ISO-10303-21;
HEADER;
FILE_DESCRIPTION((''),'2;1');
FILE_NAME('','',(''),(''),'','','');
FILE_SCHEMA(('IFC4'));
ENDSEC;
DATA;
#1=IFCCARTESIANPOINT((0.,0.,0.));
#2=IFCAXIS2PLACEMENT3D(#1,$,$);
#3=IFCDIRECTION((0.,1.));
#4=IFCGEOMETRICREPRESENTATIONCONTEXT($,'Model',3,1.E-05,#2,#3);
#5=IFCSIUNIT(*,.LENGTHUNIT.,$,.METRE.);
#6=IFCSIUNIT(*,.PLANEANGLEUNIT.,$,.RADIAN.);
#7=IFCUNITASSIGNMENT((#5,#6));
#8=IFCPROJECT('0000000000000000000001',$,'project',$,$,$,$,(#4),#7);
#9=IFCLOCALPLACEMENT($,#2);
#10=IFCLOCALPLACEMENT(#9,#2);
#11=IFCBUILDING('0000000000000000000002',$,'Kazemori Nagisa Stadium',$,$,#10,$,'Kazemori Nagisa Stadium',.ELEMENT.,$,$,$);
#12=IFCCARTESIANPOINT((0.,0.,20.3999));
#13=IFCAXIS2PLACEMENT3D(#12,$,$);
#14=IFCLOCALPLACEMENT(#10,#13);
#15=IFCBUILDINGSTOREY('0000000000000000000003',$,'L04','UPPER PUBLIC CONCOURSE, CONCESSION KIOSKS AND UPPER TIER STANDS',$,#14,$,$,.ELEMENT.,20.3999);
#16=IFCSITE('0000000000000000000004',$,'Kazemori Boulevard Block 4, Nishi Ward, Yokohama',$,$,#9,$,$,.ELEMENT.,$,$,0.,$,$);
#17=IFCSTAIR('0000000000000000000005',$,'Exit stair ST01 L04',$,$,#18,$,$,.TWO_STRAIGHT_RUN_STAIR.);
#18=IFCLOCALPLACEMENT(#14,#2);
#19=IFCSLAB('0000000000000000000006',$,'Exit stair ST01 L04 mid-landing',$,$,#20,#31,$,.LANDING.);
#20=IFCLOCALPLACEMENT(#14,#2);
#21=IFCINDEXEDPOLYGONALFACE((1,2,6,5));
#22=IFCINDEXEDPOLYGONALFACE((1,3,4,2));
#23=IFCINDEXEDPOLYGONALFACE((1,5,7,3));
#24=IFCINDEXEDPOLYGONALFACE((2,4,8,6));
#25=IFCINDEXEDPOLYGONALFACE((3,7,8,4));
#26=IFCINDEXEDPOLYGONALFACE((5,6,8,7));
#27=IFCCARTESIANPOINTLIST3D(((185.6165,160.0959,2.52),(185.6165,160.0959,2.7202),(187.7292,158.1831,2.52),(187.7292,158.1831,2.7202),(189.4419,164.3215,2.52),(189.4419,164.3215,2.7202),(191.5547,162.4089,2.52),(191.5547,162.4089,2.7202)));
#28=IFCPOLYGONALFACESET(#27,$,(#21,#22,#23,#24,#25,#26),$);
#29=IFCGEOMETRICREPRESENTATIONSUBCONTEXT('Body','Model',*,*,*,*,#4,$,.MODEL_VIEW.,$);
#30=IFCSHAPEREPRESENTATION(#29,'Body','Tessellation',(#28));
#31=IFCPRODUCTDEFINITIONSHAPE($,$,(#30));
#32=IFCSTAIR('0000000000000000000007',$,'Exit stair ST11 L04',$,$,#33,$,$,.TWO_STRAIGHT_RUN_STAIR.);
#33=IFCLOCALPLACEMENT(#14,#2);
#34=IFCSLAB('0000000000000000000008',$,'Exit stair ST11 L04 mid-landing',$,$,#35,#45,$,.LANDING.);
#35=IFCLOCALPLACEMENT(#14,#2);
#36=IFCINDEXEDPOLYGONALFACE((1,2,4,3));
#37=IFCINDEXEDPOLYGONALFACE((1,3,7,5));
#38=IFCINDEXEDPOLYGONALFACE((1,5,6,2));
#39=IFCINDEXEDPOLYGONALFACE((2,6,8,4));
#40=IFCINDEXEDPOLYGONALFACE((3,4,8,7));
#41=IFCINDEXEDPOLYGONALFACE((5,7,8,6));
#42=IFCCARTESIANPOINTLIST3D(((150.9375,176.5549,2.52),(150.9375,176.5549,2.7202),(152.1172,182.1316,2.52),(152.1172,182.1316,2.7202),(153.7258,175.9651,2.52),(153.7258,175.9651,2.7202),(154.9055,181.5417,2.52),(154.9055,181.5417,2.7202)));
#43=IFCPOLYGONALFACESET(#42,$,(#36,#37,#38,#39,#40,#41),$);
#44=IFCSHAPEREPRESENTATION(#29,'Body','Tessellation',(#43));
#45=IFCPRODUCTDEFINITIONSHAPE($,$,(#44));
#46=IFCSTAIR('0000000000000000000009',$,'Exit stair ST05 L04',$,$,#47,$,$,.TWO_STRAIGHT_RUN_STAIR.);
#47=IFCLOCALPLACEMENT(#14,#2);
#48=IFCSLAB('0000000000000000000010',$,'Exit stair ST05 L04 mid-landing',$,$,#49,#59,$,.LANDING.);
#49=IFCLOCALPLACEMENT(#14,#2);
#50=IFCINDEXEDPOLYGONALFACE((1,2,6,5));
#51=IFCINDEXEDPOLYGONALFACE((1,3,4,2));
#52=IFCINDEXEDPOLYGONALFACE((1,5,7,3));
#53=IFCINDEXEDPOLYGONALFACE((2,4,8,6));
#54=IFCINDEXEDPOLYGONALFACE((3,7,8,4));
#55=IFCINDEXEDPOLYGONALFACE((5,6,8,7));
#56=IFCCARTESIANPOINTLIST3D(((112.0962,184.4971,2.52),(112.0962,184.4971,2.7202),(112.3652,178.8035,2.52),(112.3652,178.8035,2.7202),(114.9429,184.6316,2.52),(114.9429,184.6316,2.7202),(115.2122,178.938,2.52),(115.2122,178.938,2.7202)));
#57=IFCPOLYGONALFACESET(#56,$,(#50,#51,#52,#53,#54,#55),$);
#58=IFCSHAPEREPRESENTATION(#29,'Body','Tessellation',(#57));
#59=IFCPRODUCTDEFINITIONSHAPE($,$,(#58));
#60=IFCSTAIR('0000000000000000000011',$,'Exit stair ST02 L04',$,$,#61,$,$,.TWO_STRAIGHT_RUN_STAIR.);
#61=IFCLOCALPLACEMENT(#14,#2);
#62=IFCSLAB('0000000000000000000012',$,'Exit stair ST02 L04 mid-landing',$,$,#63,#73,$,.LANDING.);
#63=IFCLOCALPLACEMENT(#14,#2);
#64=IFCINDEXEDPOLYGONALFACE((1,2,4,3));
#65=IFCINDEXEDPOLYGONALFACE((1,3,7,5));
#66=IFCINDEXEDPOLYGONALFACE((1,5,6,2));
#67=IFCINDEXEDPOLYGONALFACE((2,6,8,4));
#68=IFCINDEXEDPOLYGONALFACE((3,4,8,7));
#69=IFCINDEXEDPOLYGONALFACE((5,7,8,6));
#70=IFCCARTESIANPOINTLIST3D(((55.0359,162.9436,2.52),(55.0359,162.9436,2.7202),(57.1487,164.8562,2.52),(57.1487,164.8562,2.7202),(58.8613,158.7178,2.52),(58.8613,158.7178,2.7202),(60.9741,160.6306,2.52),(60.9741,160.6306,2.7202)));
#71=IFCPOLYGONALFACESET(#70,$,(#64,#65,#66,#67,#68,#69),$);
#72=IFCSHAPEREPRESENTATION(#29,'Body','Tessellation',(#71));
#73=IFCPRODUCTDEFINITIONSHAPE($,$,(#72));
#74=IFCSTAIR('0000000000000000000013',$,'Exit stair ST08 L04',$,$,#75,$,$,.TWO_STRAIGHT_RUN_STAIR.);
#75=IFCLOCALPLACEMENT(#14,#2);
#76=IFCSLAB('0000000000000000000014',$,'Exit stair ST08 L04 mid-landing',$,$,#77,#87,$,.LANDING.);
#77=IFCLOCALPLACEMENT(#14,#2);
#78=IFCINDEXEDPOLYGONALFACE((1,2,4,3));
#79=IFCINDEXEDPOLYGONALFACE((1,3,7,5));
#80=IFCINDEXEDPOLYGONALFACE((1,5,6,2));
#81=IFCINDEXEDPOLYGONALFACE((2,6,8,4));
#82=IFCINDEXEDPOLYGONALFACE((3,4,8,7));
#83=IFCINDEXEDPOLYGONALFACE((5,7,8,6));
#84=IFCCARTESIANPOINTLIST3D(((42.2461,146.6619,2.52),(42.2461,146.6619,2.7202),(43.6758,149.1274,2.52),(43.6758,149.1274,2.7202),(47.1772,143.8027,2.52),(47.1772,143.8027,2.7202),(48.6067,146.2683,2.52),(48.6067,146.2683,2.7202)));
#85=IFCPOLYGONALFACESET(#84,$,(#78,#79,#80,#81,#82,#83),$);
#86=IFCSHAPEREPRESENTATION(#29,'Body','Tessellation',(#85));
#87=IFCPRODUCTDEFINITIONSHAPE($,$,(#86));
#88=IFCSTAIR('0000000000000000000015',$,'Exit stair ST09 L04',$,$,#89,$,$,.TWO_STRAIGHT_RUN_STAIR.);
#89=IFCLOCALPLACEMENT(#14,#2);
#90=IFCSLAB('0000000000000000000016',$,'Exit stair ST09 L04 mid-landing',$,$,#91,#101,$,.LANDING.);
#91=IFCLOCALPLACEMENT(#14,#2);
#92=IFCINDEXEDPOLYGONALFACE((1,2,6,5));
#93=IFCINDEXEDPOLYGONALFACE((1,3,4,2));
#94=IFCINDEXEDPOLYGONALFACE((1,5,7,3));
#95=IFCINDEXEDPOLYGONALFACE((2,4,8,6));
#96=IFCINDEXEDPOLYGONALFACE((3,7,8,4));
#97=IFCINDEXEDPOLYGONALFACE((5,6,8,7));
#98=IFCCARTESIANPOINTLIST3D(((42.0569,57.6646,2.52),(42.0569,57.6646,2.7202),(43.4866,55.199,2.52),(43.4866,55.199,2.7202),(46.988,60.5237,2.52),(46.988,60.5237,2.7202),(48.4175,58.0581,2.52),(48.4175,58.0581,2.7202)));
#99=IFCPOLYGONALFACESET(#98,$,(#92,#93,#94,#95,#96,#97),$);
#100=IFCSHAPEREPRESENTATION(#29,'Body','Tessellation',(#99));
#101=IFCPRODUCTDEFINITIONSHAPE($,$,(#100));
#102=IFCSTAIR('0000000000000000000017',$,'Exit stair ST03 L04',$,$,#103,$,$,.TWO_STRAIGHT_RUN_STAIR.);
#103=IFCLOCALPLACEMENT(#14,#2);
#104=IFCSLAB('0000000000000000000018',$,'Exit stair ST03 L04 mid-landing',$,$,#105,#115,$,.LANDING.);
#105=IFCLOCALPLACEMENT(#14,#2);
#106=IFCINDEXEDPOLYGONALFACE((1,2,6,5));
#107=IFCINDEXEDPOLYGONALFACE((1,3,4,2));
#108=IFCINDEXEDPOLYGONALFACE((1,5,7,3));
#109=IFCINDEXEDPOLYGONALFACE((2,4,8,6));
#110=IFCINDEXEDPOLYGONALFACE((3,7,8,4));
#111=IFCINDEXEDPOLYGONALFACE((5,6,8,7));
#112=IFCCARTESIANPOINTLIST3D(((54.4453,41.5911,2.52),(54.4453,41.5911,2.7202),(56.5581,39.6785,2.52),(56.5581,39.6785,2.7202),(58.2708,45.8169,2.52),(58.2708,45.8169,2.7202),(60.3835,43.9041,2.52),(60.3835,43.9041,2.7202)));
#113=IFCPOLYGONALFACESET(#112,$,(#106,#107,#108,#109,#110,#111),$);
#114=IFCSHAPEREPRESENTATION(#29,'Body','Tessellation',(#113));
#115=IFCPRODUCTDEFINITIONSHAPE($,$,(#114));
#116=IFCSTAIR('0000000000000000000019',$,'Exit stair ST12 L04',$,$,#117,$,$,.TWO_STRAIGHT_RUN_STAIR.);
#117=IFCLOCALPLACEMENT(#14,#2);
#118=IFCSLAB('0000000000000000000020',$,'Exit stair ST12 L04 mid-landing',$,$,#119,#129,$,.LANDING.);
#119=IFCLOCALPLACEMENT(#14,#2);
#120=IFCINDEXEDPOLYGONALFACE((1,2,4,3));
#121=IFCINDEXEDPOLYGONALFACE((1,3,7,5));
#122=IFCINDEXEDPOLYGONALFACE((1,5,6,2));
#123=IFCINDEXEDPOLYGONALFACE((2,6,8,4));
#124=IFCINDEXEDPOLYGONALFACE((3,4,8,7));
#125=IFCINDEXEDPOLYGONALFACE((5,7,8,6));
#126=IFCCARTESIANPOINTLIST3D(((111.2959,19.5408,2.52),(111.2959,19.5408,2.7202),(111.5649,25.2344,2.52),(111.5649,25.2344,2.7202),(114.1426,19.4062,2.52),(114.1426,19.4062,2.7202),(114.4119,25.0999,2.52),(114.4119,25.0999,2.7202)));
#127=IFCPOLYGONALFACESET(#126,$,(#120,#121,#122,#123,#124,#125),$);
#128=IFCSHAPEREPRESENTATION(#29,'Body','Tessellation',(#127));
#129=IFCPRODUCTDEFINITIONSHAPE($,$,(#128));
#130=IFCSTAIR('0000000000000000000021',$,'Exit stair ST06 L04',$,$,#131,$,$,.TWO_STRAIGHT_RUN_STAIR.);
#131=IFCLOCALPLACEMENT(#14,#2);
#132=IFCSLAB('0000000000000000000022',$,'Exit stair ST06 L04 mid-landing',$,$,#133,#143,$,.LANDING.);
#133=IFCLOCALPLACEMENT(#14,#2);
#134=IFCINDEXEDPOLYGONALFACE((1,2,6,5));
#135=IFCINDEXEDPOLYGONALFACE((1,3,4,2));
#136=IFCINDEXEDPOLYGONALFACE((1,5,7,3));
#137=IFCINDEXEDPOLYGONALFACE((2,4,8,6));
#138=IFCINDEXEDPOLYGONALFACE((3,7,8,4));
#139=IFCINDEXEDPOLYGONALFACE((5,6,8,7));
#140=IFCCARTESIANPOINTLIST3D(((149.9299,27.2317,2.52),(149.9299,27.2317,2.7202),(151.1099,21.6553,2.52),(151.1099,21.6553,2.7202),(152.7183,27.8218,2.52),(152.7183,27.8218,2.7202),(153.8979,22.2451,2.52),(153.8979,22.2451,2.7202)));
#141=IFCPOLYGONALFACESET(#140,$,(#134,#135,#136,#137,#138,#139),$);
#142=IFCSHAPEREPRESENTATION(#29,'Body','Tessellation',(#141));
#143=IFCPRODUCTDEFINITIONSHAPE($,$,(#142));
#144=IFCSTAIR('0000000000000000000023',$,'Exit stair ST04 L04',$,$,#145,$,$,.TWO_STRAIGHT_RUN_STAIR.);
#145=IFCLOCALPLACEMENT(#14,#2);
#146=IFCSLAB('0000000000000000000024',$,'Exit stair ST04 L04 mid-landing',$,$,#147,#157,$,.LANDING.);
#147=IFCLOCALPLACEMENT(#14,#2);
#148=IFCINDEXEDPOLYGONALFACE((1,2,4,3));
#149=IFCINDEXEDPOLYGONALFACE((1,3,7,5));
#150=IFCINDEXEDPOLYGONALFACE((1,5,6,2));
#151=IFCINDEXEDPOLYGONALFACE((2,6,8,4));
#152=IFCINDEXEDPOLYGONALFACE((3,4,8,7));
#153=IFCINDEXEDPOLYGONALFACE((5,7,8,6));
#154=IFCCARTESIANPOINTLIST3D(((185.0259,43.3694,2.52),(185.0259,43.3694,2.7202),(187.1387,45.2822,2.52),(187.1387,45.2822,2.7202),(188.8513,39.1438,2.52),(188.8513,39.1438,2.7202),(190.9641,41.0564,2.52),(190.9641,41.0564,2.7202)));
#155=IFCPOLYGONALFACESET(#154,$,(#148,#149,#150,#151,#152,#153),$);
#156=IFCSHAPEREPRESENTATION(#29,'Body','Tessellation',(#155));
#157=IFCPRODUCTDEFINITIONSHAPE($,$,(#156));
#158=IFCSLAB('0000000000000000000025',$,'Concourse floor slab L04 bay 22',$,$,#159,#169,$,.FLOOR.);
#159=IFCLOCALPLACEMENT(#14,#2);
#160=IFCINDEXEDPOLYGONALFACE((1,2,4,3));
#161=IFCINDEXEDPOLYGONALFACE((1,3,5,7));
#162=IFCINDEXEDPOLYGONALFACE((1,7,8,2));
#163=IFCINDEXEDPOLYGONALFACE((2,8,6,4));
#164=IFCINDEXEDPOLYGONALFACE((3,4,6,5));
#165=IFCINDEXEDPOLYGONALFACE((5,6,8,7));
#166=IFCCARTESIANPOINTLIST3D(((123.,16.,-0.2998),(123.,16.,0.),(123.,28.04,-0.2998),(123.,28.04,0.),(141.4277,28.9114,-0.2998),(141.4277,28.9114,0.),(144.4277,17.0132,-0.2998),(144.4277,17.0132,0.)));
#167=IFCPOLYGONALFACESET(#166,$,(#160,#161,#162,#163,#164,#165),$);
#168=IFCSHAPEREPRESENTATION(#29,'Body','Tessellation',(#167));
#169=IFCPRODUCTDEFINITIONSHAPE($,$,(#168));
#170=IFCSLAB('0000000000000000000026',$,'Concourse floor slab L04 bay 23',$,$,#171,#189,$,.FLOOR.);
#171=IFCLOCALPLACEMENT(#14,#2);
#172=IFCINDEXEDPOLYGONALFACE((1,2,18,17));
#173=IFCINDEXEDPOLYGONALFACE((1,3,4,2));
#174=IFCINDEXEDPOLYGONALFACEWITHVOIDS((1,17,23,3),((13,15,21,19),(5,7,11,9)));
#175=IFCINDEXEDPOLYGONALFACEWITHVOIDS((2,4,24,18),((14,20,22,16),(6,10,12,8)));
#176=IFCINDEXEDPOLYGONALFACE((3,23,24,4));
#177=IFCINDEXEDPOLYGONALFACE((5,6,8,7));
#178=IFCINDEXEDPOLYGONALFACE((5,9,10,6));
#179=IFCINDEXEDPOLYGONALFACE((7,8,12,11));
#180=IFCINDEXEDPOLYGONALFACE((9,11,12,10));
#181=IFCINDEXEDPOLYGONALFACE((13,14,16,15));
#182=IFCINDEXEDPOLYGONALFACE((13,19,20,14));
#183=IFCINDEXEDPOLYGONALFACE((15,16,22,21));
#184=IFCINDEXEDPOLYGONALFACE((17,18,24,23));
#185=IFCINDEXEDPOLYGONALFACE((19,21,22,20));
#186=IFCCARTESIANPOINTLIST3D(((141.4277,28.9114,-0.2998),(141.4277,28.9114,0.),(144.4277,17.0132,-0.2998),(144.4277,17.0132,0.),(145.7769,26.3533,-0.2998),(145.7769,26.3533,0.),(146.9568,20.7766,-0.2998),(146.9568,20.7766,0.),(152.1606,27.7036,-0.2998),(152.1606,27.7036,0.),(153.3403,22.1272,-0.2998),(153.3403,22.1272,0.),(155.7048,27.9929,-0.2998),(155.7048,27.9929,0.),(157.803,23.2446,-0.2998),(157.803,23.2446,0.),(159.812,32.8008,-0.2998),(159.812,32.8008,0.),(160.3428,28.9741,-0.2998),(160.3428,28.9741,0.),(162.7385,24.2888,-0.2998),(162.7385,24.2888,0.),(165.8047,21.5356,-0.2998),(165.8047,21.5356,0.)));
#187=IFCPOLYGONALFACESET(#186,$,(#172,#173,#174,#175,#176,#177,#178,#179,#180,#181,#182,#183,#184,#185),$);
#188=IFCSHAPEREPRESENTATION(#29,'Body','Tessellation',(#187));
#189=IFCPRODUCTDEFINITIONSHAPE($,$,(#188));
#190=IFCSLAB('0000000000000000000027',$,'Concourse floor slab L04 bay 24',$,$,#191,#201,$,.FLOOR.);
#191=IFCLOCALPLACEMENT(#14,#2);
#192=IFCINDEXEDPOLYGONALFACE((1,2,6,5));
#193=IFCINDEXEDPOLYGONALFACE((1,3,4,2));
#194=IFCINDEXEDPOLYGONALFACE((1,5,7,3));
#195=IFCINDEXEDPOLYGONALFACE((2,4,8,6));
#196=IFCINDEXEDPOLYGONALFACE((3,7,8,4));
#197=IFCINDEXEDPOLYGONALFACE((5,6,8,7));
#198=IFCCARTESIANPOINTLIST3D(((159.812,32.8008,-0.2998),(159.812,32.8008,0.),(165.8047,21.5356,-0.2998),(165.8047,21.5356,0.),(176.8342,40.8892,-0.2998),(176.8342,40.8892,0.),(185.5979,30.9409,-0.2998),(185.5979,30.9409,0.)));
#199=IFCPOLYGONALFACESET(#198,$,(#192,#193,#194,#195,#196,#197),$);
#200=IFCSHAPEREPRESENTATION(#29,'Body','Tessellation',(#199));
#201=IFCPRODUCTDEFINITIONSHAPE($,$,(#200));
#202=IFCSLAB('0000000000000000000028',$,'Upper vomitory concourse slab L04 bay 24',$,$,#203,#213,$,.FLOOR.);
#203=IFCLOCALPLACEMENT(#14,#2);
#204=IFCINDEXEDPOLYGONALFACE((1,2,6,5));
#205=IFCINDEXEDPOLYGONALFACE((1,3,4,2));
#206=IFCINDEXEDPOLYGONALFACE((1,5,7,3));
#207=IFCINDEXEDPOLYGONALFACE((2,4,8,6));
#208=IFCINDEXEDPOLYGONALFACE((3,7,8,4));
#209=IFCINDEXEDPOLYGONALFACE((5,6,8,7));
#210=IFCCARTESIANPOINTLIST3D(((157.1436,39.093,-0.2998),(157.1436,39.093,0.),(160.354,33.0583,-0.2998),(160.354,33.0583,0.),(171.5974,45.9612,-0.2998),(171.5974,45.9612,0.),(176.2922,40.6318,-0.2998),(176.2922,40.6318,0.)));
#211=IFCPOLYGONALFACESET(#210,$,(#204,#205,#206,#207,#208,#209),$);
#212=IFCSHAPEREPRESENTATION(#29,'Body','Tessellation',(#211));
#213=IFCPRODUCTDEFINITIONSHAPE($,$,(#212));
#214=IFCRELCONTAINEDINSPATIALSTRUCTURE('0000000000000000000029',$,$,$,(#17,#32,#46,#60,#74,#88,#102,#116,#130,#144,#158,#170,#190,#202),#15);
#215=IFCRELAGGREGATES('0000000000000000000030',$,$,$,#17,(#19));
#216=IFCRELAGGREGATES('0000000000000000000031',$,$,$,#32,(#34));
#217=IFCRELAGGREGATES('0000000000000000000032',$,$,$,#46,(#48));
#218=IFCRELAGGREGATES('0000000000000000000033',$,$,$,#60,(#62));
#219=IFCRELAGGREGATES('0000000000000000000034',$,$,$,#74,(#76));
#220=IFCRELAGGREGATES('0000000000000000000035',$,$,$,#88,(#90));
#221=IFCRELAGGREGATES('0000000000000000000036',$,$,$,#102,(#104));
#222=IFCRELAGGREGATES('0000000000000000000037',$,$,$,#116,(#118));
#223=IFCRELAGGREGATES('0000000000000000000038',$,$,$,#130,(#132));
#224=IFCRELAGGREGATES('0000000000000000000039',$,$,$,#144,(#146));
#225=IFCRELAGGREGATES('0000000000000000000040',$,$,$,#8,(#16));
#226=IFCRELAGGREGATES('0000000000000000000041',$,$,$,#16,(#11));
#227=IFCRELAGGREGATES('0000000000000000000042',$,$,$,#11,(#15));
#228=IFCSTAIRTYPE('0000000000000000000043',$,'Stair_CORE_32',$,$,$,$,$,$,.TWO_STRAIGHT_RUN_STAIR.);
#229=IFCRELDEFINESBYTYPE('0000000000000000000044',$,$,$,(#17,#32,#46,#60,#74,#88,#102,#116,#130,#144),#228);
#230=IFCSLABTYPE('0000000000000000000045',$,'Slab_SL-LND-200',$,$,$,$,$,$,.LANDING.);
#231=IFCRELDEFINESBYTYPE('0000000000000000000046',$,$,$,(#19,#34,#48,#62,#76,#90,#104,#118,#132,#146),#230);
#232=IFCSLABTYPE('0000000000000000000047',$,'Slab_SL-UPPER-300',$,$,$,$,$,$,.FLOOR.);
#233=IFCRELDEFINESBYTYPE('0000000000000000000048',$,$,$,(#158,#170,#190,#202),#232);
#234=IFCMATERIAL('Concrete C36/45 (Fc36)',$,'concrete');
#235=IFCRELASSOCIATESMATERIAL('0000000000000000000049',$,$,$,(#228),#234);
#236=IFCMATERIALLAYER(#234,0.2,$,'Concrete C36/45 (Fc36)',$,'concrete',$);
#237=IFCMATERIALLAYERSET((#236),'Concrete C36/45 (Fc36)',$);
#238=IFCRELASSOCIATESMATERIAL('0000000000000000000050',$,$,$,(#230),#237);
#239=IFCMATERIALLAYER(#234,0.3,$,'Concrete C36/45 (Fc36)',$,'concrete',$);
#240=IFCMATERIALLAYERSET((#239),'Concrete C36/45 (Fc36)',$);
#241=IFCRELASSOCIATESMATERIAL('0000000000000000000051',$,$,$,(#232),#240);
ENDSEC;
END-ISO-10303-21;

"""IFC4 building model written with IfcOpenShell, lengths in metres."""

from ifc_helpers import new_model, si_unit, direction, frame, origin, place, context, subcontext, project, spatial, polyline, outline, extrude, material, layer, layer_set, type_object, element, aggregate, save


model = new_model("IFC4")

# Units and contexts
model_context = context("Model", 3, precision=1e-05, world=origin(), true_north=direction((0.0, 1.0)))
body_context = subcontext(model_context, "Body", "Model", "MODEL_VIEW")
ifc_project = project(units=[si_unit("LENGTHUNIT", "METRE"), si_unit("PLANEANGLEUNIT", "RADIAN")], contexts=[model_context])

# Site, building, storey
site_placement = place(None, origin())
site = spatial("IfcSite", under=ifc_project, at=site_placement, Name="Kazemori Boulevard Block 4, Nishi Ward, Yokohama", CompositionType="ELEMENT", RefElevation=0.0)
building_placement = place(site_placement, origin())
building = spatial("IfcBuilding", under=site, at=building_placement, Name="Kazemori Nagisa Stadium", LongName="Kazemori Nagisa Stadium", CompositionType="ELEMENT")
storey_placement = place(building_placement, frame((0.0, 0.0, 20.3999)))
storey = spatial("IfcBuildingStorey", under=building, at=storey_placement, Name="L04", Description="UPPER PUBLIC CONCOURSE, CONCESSION KIOSKS AND UPPER TIER STANDS", CompositionType="ELEMENT", Elevation=20.3999)

# Stairs, slabs
ifc_material_1 = material(Name="Concrete C36/45 (Fc36)", Category="concrete")
stair_type = type_object("IfcStairType", Name="Stair_CORE_32", PredefinedType="TWO_STRAIGHT_RUN_STAIR", material=ifc_material_1)
stair_1_placement = place(storey_placement, origin())
stair_1 = element("IfcStair", 1, at=stair_1_placement, inside=storey, type_object=stair_type, Name="Exit stair ST01 L04", PredefinedType="TWO_STRAIGHT_RUN_STAIR")
ifc_layer_1 = layer(ifc_material_1, 0.2, Name="Concrete C36/45 (Fc36)", Category="concrete")
ifc_layer_set_1 = layer_set([ifc_layer_1], Name="Concrete C36/45 (Fc36)")
slab_type_1 = type_object("IfcSlabType", Name="Slab_SL-LND-200", PredefinedType="LANDING", material=ifc_layer_set_1)
slab_1_placement = place(storey_placement, frame((0.0, 0.0, 2.52)))
slab_1 = element("IfcSlab", 2, at=slab_1_placement, type_object=slab_type_1, Name="Exit stair ST01 L04 mid-landing", PredefinedType="LANDING", context=body_context, shape_type="SweptSolid", body=[
    extrude(outline(polyline([(187.7292, 158.1831), (185.6165, 160.0959), (189.4419, 164.3215), (191.5547, 162.4089), (187.7292, 158.1831)])), origin(), (0.0, 0.0, 1.0), 0.2002),
])
aggregate(stair_1, [slab_1])
stair_2_placement = place(storey_placement, origin())
stair_2 = element("IfcStair", 3, at=stair_2_placement, inside=storey, type_object=stair_type, Name="Exit stair ST11 L04", PredefinedType="TWO_STRAIGHT_RUN_STAIR")
slab_2_placement = place(storey_placement, frame((0.0, 0.0, 2.52)))
slab_2 = element("IfcSlab", 4, at=slab_2_placement, type_object=slab_type_1, Name="Exit stair ST11 L04 mid-landing", PredefinedType="LANDING", context=body_context, shape_type="SweptSolid", body=[
    extrude(outline(polyline([(153.7258, 175.9651), (150.9375, 176.5549), (152.1172, 182.1316), (154.9055, 181.5417), (153.7258, 175.9651)])), origin(), (0.0, 0.0, 1.0), 0.2002),
])
aggregate(stair_2, [slab_2])
stair_3_placement = place(storey_placement, origin())
stair_3 = element("IfcStair", 5, at=stair_3_placement, inside=storey, type_object=stair_type, Name="Exit stair ST05 L04", PredefinedType="TWO_STRAIGHT_RUN_STAIR")
slab_3_placement = place(storey_placement, frame((0.0, 0.0, 2.52)))
slab_3 = element("IfcSlab", 6, at=slab_3_placement, type_object=slab_type_1, Name="Exit stair ST05 L04 mid-landing", PredefinedType="LANDING", context=body_context, shape_type="SweptSolid", body=[
    extrude(outline(polyline([(115.2122, 178.938), (112.3652, 178.8035), (112.0962, 184.4971), (114.9429, 184.6316), (115.2122, 178.938)])), origin(), (0.0, 0.0, 1.0), 0.2002),
])
aggregate(stair_3, [slab_3])
stair_4_placement = place(storey_placement, origin())
stair_4 = element("IfcStair", 7, at=stair_4_placement, inside=storey, type_object=stair_type, Name="Exit stair ST02 L04", PredefinedType="TWO_STRAIGHT_RUN_STAIR")
slab_4_placement = place(storey_placement, frame((0.0, 0.0, 2.52)))
slab_4 = element("IfcSlab", 8, at=slab_4_placement, type_object=slab_type_1, Name="Exit stair ST02 L04 mid-landing", PredefinedType="LANDING", context=body_context, shape_type="SweptSolid", body=[
    extrude(outline(polyline([(60.9741, 160.6306), (58.8613, 158.7178), (55.0359, 162.9436), (57.1487, 164.8562), (60.9741, 160.6306)])), origin(), (0.0, 0.0, 1.0), 0.2002),
])
aggregate(stair_4, [slab_4])
stair_5_placement = place(storey_placement, origin())
stair_5 = element("IfcStair", 9, at=stair_5_placement, inside=storey, type_object=stair_type, Name="Exit stair ST08 L04", PredefinedType="TWO_STRAIGHT_RUN_STAIR")
slab_5_placement = place(storey_placement, frame((0.0, 0.0, 2.52)))
slab_5 = element("IfcSlab", 10, at=slab_5_placement, type_object=slab_type_1, Name="Exit stair ST08 L04 mid-landing", PredefinedType="LANDING", context=body_context, shape_type="SweptSolid", body=[
    extrude(outline(polyline([(48.6067, 146.2683), (47.1772, 143.8027), (42.2461, 146.6619), (43.6758, 149.1274), (48.6067, 146.2683)])), origin(), (0.0, 0.0, 1.0), 0.2002),
])
aggregate(stair_5, [slab_5])
stair_6_placement = place(storey_placement, origin())
stair_6 = element("IfcStair", 11, at=stair_6_placement, inside=storey, type_object=stair_type, Name="Exit stair ST09 L04", PredefinedType="TWO_STRAIGHT_RUN_STAIR")
slab_6_placement = place(storey_placement, frame((0.0, 0.0, 2.52)))
slab_6 = element("IfcSlab", 12, at=slab_6_placement, type_object=slab_type_1, Name="Exit stair ST09 L04 mid-landing", PredefinedType="LANDING", context=body_context, shape_type="SweptSolid", body=[
    extrude(outline(polyline([(46.988, 60.5237), (48.4175, 58.0581), (43.4866, 55.199), (42.0569, 57.6646), (46.988, 60.5237)])), origin(), (0.0, 0.0, 1.0), 0.2002),
])
aggregate(stair_6, [slab_6])
stair_7_placement = place(storey_placement, origin())
stair_7 = element("IfcStair", 13, at=stair_7_placement, inside=storey, type_object=stair_type, Name="Exit stair ST03 L04", PredefinedType="TWO_STRAIGHT_RUN_STAIR")
slab_7_placement = place(storey_placement, frame((0.0, 0.0, 2.52)))
slab_7 = element("IfcSlab", 14, at=slab_7_placement, type_object=slab_type_1, Name="Exit stair ST03 L04 mid-landing", PredefinedType="LANDING", context=body_context, shape_type="SweptSolid", body=[
    extrude(outline(polyline([(58.2708, 45.8169), (60.3835, 43.9041), (56.5581, 39.6785), (54.4453, 41.5911), (58.2708, 45.8169)])), origin(), (0.0, 0.0, 1.0), 0.2002),
])
aggregate(stair_7, [slab_7])
stair_8_placement = place(storey_placement, origin())
stair_8 = element("IfcStair", 15, at=stair_8_placement, inside=storey, type_object=stair_type, Name="Exit stair ST12 L04", PredefinedType="TWO_STRAIGHT_RUN_STAIR")
slab_8_placement = place(storey_placement, frame((0.0, 0.0, 2.52)))
slab_8 = element("IfcSlab", 16, at=slab_8_placement, type_object=slab_type_1, Name="Exit stair ST12 L04 mid-landing", PredefinedType="LANDING", context=body_context, shape_type="SweptSolid", body=[
    extrude(outline(polyline([(111.5649, 25.2344), (114.4119, 25.0999), (114.1426, 19.4062), (111.2959, 19.5408), (111.5649, 25.2344)])), origin(), (0.0, 0.0, 1.0), 0.2002),
])
aggregate(stair_8, [slab_8])
stair_9_placement = place(storey_placement, origin())
stair_9 = element("IfcStair", 17, at=stair_9_placement, inside=storey, type_object=stair_type, Name="Exit stair ST06 L04", PredefinedType="TWO_STRAIGHT_RUN_STAIR")
slab_9_placement = place(storey_placement, frame((0.0, 0.0, 2.52)))
slab_9 = element("IfcSlab", 18, at=slab_9_placement, type_object=slab_type_1, Name="Exit stair ST06 L04 mid-landing", PredefinedType="LANDING", context=body_context, shape_type="SweptSolid", body=[
    extrude(outline(polyline([(149.9299, 27.2317), (152.7183, 27.8218), (153.8979, 22.2451), (151.1099, 21.6553), (149.9299, 27.2317)])), origin(), (0.0, 0.0, 1.0), 0.2002),
])
aggregate(stair_9, [slab_9])
stair_10_placement = place(storey_placement, origin())
stair_10 = element("IfcStair", 19, at=stair_10_placement, inside=storey, type_object=stair_type, Name="Exit stair ST04 L04", PredefinedType="TWO_STRAIGHT_RUN_STAIR")
slab_10_placement = place(storey_placement, frame((0.0, 0.0, 2.52)))
slab_10 = element("IfcSlab", 20, at=slab_10_placement, type_object=slab_type_1, Name="Exit stair ST04 L04 mid-landing", PredefinedType="LANDING", context=body_context, shape_type="SweptSolid", body=[
    extrude(outline(polyline([(185.0259, 43.3694), (187.1387, 45.2822), (190.9641, 41.0564), (188.8513, 39.1438), (185.0259, 43.3694)])), origin(), (0.0, 0.0, 1.0), 0.2002),
])
aggregate(stair_10, [slab_10])

# Slabs
ifc_layer_2 = layer(ifc_material_1, 0.3, Name="Concrete C36/45 (Fc36)", Category="concrete")
ifc_layer_set_2 = layer_set([ifc_layer_2], Name="Concrete C36/45 (Fc36)")
slab_type_2 = type_object("IfcSlabType", Name="Slab_SL-UPPER-300", PredefinedType="FLOOR", material=ifc_layer_set_2)
slab_11_placement = place(storey_placement, frame((0.0, 0.0, -0.2998)))
element("IfcSlab", 21, at=slab_11_placement, inside=storey, type_object=slab_type_2, Name="Concourse floor slab L04 bay 22", PredefinedType="FLOOR", context=body_context, shape_type="SweptSolid", body=[
    extrude(outline(polyline([(123.0, 28.04), (141.4277, 28.9114), (144.4277, 17.0132), (123.0, 16.0), (123.0, 28.04)])), origin(), (0.0, 0.0, 1.0), 0.2998),
])
slab_12_placement = place(storey_placement, frame((0.0, 0.0, -0.2998)))
element("IfcSlab", 22, at=slab_12_placement, inside=storey, type_object=slab_type_2, Name="Concourse floor slab L04 bay 23", PredefinedType="FLOOR", context=body_context, shape_type="SweptSolid", body=[
    extrude(outline(polyline([(141.4277, 28.9114), (159.812, 32.8008), (165.8047, 21.5356), (144.4277, 17.0132), (141.4277, 28.9114)]), holes=[polyline([(145.7769, 26.3533), (152.1606, 27.7036), (153.3403, 22.1272), (146.9568, 20.7766), (145.7769, 26.3533)]), polyline([(155.7048, 27.9929), (160.3428, 28.9741), (162.7385, 24.2888), (157.803, 23.2446), (155.7048, 27.9929)])]), origin(), (0.0, 0.0, 1.0), 0.2998),
])
slab_13_placement = place(storey_placement, frame((0.0, 0.0, -0.2998)))
element("IfcSlab", 23, at=slab_13_placement, inside=storey, type_object=slab_type_2, Name="Concourse floor slab L04 bay 24", PredefinedType="FLOOR", context=body_context, shape_type="SweptSolid", body=[
    extrude(outline(polyline([(159.812, 32.8008), (176.8342, 40.8892), (185.5979, 30.9409), (165.8047, 21.5356), (159.812, 32.8008)])), origin(), (0.0, 0.0, 1.0), 0.2998),
])
slab_14_placement = place(storey_placement, frame((0.0, 0.0, -0.2998)))
element("IfcSlab", 24, at=slab_14_placement, inside=storey, type_object=slab_type_2, Name="Upper vomitory concourse slab L04 bay 24", PredefinedType="FLOOR", context=body_context, shape_type="SweptSolid", body=[
    extrude(outline(polyline([(157.1436, 39.093), (171.5974, 45.9612), (176.2922, 40.6318), (160.354, 33.0583), (157.1436, 39.093)])), origin(), (0.0, 0.0, 1.0), 0.2998),
])

save(model, "model.ifc")
